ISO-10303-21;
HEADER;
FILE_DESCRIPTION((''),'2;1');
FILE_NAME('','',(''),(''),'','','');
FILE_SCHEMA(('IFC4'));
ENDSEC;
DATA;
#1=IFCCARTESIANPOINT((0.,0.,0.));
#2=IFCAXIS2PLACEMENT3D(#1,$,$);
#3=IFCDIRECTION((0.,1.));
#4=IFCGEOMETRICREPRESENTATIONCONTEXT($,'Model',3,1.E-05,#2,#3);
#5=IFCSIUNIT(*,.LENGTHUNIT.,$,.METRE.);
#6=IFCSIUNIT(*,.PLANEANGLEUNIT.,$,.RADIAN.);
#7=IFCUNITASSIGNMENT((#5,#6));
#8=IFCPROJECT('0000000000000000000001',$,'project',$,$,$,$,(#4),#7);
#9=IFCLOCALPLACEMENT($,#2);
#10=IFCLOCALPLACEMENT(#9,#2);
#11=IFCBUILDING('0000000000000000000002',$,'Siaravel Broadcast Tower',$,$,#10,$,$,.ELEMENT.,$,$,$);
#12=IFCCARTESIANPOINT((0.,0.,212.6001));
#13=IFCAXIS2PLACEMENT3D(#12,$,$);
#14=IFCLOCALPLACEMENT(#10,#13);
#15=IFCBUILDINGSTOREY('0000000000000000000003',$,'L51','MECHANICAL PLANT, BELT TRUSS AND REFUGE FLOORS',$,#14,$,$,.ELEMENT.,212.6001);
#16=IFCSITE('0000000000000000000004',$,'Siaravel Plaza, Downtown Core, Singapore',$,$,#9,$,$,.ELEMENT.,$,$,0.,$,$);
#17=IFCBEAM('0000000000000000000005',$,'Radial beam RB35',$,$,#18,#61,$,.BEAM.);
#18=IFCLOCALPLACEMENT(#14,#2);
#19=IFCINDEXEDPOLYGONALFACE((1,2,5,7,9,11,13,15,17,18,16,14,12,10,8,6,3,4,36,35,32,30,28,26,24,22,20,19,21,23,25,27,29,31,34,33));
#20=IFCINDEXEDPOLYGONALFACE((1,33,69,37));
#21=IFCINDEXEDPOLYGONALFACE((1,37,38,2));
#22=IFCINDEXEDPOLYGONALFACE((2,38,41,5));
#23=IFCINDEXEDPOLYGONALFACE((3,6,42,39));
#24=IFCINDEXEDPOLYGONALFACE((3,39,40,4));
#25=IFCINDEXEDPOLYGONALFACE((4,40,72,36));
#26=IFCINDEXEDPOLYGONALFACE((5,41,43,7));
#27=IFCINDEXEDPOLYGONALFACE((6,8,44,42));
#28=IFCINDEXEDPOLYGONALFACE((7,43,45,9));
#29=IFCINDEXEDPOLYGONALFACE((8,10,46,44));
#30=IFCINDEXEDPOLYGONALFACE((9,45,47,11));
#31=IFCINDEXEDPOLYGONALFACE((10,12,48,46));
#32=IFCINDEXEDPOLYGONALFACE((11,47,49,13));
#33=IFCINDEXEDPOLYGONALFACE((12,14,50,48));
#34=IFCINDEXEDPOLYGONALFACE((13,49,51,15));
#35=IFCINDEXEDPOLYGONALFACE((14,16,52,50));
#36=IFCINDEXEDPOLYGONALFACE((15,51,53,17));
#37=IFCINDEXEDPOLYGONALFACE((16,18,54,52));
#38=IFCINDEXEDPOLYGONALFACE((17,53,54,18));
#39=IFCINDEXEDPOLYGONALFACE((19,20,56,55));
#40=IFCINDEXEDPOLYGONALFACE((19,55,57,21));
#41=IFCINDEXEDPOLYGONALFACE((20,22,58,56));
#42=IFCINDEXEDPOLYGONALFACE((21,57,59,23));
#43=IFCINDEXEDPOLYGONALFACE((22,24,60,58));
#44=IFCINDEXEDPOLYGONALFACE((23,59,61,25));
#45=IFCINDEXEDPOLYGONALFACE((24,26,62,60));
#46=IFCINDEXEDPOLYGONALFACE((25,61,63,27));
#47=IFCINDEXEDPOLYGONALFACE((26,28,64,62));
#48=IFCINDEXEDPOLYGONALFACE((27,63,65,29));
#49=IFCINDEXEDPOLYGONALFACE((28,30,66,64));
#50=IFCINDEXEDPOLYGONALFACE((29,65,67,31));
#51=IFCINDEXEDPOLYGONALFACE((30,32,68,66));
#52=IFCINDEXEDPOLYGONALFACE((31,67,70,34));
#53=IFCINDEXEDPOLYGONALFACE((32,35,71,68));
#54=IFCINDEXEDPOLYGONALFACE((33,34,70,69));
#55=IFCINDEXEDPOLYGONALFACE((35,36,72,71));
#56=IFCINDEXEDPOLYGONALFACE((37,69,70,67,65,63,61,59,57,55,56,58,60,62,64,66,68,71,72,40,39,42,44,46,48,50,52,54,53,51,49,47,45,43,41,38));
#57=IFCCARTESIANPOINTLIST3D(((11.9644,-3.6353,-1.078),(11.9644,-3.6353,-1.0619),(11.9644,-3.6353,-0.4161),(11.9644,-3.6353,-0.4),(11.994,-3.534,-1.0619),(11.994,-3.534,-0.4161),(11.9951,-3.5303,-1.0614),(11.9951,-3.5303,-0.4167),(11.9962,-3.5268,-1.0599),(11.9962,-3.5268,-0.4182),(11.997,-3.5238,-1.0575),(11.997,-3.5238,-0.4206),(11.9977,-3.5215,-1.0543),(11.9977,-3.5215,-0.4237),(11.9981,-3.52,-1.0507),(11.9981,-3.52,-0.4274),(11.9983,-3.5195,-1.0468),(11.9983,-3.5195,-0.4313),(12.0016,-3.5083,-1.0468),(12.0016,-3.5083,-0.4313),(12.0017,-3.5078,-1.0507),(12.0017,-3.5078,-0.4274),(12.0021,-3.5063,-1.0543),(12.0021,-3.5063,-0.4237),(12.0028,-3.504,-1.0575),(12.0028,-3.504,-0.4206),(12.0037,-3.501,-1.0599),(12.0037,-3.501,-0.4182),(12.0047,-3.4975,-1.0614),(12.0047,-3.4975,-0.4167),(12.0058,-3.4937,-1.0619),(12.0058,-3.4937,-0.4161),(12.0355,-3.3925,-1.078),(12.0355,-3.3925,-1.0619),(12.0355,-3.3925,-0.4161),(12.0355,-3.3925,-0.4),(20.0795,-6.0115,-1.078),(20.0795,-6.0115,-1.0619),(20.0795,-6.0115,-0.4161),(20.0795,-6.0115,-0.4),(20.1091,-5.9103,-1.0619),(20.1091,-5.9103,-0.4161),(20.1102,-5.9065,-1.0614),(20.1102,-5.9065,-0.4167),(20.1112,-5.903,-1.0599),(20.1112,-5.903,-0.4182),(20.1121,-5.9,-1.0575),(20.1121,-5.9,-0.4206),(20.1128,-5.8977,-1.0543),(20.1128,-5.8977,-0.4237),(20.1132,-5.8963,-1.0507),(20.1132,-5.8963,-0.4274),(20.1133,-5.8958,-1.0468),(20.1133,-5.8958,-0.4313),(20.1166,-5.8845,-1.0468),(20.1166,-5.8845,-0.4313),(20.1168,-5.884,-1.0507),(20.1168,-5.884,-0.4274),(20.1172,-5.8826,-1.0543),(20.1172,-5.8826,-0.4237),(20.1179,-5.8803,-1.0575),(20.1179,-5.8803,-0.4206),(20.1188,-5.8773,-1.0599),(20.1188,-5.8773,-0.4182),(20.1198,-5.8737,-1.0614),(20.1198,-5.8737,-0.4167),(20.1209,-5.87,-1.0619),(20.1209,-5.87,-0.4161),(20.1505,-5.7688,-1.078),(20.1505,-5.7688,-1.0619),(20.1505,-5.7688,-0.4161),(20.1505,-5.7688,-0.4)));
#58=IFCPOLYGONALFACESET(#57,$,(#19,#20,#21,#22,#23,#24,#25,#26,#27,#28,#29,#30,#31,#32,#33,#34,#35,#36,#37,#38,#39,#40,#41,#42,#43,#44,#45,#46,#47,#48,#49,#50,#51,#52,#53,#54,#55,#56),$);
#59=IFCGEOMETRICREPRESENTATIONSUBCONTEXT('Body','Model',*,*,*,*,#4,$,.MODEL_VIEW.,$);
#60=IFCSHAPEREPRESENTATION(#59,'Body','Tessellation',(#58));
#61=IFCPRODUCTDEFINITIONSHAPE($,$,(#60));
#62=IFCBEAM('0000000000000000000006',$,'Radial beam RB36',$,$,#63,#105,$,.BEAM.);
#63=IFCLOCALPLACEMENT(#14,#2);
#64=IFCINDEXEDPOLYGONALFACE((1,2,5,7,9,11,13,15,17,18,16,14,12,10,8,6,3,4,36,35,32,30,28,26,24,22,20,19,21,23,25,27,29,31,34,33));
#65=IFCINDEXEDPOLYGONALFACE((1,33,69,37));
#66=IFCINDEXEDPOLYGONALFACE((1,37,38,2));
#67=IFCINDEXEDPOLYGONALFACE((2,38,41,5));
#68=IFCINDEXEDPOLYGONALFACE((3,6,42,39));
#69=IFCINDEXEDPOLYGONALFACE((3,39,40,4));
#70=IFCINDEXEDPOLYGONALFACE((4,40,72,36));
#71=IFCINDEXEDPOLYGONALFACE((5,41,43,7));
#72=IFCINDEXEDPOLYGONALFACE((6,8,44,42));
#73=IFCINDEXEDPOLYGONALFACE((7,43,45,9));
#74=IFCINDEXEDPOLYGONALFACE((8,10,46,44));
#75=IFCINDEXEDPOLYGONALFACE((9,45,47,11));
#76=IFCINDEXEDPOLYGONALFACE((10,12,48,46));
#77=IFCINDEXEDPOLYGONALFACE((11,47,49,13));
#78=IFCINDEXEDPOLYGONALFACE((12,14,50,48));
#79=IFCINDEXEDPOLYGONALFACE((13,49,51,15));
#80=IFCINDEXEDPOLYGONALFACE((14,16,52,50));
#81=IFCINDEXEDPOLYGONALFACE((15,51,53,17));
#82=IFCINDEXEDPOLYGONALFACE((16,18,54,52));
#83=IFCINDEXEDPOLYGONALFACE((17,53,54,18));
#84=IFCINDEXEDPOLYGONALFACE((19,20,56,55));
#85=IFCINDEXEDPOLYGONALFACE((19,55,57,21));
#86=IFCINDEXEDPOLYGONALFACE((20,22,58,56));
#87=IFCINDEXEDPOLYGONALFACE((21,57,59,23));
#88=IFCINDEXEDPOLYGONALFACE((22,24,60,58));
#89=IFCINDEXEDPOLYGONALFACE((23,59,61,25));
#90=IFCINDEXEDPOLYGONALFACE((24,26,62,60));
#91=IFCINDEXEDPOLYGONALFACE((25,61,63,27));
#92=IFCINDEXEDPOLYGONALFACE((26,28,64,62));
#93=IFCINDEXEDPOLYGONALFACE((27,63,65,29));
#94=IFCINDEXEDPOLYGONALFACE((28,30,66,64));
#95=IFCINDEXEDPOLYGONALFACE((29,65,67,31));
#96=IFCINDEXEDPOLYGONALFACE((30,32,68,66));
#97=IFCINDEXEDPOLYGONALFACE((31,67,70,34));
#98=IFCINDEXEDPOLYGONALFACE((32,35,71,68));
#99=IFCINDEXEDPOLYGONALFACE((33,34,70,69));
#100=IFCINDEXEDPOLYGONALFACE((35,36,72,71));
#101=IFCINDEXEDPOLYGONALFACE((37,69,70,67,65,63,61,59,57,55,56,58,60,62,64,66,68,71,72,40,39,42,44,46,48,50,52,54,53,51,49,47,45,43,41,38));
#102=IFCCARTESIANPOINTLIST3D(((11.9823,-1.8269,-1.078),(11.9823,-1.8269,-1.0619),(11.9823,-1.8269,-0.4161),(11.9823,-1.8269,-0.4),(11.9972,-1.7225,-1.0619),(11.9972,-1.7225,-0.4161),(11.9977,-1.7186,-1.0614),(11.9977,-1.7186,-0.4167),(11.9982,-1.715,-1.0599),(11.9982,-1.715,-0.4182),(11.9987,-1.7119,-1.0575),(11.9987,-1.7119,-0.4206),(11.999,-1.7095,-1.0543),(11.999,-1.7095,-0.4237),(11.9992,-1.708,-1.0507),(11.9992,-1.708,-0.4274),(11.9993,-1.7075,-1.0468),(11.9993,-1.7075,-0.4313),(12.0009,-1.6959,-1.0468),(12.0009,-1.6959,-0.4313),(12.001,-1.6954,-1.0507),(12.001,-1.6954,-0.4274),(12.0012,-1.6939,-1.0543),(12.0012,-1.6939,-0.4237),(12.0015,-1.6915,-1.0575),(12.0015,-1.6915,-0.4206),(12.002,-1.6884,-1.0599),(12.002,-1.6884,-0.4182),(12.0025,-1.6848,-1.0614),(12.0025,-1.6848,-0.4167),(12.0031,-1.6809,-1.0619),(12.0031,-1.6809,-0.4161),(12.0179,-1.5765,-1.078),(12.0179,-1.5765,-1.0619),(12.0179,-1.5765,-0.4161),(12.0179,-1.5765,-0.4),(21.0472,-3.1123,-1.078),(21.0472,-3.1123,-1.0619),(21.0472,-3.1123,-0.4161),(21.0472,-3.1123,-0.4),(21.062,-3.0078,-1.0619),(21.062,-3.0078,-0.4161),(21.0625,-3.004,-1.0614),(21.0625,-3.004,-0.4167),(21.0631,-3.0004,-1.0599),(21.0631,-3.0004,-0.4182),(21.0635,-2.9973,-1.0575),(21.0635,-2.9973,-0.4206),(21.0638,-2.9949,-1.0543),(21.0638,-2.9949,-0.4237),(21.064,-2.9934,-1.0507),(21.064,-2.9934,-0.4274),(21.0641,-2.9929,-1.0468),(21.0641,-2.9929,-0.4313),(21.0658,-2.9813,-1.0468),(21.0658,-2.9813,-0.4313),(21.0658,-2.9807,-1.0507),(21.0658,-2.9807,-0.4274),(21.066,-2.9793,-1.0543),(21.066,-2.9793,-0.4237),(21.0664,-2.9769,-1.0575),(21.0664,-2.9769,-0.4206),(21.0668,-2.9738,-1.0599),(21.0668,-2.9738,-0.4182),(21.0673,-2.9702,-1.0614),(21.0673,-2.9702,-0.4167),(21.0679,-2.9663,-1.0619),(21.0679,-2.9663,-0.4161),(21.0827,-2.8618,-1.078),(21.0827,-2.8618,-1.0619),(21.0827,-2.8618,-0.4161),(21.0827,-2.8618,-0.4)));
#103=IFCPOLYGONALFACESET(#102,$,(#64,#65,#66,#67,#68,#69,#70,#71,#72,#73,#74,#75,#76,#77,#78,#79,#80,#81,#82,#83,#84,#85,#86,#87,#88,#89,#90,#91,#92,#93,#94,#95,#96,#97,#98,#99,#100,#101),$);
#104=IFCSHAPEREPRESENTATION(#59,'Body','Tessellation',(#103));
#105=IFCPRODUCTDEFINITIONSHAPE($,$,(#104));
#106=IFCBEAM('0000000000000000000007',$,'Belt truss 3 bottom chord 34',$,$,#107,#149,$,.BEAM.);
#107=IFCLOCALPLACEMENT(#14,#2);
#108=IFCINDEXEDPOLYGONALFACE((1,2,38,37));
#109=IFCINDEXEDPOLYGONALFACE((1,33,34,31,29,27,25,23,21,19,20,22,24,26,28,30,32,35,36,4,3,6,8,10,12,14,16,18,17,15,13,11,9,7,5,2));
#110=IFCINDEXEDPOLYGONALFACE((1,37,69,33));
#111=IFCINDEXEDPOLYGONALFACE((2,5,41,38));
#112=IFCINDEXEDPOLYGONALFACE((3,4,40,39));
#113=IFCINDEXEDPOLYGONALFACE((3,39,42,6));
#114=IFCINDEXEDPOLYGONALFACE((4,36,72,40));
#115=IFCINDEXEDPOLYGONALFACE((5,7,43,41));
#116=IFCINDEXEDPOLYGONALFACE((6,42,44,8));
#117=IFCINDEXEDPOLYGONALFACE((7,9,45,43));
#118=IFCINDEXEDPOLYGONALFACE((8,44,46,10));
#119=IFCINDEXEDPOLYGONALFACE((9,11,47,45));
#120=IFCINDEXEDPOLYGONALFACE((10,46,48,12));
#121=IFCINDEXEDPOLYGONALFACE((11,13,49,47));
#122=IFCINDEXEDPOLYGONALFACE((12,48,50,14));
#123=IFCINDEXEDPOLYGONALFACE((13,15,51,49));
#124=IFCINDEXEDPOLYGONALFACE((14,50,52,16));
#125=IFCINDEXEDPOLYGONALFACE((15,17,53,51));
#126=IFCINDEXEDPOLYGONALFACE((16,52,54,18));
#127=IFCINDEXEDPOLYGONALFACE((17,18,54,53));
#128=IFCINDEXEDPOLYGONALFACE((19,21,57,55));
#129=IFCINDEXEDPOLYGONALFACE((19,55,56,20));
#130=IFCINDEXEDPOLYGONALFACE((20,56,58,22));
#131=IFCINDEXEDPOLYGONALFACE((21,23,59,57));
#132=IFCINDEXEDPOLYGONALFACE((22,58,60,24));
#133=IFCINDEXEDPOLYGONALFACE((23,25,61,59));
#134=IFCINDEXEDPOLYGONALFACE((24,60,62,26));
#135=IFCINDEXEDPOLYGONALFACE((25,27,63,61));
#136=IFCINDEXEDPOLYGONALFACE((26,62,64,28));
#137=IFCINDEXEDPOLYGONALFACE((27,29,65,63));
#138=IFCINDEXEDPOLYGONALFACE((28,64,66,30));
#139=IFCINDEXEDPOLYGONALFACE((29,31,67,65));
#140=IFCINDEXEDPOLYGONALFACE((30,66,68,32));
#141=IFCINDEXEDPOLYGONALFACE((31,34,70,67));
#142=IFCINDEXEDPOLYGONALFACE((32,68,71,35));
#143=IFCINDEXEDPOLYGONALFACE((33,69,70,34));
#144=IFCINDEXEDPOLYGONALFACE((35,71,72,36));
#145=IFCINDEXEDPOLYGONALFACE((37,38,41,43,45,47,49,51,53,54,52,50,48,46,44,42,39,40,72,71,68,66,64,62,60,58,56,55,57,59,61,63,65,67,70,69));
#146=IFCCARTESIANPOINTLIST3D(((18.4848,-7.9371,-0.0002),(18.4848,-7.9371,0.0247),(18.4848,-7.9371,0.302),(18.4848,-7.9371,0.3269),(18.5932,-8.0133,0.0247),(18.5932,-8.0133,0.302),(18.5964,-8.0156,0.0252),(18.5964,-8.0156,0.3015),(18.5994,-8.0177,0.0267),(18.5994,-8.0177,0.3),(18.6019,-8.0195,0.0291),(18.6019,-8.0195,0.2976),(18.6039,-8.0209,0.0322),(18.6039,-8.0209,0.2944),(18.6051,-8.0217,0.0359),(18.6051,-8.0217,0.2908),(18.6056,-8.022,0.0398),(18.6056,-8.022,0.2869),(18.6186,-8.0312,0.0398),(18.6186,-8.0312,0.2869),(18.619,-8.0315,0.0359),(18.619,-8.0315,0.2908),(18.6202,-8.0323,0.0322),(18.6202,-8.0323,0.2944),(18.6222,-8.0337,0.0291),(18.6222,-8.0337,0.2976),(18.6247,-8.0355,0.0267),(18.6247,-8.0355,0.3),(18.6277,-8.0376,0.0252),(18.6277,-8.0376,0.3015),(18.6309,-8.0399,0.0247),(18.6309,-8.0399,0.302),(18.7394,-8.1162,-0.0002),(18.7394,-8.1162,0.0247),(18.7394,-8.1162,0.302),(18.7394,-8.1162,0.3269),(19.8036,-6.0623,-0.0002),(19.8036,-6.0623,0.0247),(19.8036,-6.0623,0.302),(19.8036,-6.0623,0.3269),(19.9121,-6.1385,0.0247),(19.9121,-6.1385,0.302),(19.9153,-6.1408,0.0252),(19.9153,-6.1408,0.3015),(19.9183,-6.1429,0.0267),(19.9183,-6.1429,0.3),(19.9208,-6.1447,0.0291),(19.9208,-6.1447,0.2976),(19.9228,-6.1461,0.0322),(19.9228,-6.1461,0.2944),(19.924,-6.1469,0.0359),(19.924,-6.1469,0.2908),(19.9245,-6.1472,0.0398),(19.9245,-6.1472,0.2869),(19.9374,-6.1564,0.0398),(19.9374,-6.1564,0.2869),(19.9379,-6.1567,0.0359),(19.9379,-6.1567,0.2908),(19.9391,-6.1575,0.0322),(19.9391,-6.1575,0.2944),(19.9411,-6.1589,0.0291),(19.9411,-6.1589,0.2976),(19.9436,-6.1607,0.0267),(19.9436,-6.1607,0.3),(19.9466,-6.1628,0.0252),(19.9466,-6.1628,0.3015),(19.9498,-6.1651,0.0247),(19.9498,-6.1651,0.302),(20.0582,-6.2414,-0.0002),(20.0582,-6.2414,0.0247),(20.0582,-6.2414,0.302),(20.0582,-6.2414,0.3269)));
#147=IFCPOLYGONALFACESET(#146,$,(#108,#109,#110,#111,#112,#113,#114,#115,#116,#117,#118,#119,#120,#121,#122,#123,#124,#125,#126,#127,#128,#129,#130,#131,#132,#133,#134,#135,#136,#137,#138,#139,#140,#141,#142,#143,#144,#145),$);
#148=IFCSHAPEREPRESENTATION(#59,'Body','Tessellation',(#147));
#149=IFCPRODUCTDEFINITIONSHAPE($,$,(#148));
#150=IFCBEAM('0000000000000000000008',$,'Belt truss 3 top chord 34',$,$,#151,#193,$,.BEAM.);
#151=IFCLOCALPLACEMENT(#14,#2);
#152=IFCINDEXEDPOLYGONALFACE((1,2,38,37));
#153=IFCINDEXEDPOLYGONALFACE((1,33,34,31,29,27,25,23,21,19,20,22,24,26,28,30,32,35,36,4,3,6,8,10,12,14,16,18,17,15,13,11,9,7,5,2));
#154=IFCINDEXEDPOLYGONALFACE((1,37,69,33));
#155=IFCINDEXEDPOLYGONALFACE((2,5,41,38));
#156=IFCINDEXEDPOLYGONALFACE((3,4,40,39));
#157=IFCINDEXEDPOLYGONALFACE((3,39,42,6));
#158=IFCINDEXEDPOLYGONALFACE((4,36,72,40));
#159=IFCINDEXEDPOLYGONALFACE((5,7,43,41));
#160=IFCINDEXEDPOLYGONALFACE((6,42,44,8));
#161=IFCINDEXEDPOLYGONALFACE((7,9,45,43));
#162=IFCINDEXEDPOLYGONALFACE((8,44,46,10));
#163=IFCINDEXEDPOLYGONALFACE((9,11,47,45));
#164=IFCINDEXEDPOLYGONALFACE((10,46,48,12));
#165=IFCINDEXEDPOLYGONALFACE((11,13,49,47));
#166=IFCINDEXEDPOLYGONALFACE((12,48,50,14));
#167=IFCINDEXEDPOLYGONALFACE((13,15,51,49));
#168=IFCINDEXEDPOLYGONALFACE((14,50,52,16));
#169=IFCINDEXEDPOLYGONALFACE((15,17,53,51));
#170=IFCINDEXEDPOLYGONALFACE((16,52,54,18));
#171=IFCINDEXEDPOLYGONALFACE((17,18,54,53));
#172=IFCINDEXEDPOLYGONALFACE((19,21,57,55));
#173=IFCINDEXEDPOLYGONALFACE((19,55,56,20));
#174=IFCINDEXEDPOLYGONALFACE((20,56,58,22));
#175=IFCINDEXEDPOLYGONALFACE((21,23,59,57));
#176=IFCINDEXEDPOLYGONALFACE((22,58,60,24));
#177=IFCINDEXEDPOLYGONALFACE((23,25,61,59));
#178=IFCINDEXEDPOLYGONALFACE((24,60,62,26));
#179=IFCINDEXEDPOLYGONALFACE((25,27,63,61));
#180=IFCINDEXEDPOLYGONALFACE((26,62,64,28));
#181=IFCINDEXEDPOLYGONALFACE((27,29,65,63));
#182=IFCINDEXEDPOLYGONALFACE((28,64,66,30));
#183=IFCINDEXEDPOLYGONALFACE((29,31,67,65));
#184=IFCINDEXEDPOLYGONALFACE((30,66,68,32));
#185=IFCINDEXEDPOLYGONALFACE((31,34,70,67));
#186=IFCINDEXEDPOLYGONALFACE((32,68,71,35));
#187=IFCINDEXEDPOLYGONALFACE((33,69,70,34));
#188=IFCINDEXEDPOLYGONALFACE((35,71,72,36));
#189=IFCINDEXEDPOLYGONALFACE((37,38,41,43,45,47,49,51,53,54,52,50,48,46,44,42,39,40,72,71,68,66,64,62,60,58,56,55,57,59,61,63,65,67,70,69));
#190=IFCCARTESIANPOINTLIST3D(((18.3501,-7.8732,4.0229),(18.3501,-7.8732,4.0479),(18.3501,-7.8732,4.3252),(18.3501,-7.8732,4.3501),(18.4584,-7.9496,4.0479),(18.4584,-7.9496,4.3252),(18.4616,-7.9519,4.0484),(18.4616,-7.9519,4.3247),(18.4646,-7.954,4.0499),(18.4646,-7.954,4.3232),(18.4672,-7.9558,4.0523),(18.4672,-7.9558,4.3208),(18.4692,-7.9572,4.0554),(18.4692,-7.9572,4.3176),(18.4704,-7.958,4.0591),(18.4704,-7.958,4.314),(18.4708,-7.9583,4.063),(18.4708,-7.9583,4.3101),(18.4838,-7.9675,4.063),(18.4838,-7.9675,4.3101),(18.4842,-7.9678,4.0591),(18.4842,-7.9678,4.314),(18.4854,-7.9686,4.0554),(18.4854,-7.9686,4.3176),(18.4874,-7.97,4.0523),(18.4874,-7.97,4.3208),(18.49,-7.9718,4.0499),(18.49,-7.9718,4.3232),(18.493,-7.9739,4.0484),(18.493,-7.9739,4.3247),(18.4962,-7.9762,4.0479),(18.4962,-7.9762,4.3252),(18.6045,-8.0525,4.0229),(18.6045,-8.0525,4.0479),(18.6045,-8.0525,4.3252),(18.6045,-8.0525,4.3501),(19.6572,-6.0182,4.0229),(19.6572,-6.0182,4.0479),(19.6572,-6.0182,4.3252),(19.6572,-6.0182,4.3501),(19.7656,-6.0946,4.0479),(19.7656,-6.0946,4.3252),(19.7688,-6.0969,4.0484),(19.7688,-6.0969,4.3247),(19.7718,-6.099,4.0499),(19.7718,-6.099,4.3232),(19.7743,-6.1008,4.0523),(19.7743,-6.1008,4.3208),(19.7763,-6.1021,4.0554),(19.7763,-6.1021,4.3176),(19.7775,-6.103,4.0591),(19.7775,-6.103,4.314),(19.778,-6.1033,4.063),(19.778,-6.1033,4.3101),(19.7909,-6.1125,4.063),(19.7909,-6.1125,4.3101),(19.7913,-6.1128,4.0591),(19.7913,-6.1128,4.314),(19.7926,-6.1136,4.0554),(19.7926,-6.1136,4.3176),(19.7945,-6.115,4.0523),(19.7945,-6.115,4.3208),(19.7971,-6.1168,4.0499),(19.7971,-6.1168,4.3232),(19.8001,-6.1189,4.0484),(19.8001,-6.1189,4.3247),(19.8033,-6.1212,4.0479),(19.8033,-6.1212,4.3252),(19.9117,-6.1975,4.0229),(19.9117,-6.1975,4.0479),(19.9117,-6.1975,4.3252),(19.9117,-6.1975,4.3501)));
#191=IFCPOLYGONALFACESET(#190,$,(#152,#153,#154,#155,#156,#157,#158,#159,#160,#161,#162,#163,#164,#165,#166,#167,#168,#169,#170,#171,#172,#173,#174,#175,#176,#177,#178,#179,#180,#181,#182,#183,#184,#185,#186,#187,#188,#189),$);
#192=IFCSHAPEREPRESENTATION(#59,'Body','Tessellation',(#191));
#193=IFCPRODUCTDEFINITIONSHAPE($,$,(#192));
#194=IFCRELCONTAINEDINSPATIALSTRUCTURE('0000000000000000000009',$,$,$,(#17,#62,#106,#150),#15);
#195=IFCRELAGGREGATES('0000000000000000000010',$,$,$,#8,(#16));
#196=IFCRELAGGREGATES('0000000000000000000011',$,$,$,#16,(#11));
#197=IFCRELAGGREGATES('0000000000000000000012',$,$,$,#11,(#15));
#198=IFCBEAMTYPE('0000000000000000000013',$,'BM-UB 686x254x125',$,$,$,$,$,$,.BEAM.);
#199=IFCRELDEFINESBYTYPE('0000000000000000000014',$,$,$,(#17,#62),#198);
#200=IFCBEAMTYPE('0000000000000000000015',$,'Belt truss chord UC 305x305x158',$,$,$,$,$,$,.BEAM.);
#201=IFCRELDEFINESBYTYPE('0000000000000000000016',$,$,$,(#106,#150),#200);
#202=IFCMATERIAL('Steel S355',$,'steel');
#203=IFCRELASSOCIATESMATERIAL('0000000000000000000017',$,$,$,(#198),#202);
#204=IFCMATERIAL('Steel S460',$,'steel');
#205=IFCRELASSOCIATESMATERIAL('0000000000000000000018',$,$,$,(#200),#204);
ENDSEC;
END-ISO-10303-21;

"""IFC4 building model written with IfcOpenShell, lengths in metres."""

from ifc_helpers import new_model, si_unit, direction, frame, origin, origin_2d, place, context, subcontext, project, spatial, i_section, extrude, material, material_profile, profile_set, type_object, element, save


model = new_model("IFC4")

# Units and contexts
model_context = context("Model", 3, precision=1e-05, world=origin(), true_north=direction((0.0, 1.0)))
body_context = subcontext(model_context, "Body", "Model", "MODEL_VIEW")
ifc_project = project(units=[si_unit("LENGTHUNIT", "METRE"), si_unit("PLANEANGLEUNIT", "RADIAN")], contexts=[model_context])

# Site, building, storey
site_placement = place(None, origin())
site = spatial("IfcSite", under=ifc_project, at=site_placement, Name="Siaravel Plaza, Downtown Core, Singapore", CompositionType="ELEMENT", RefElevation=0.0)
building_placement = place(site_placement, origin())
building = spatial("IfcBuilding", under=site, at=building_placement, Name="Siaravel Broadcast Tower", CompositionType="ELEMENT")
storey_placement = place(building_placement, frame((0.0, 0.0, 212.6001)))
storey = spatial("IfcBuildingStorey", under=building, at=storey_placement, Name="L51", Description="MECHANICAL PLANT, BELT TRUSS AND REFUGE FLOORS", CompositionType="ELEMENT", Elevation=212.6001)

# Beams
ifc_material_1 = material(Name="Steel S355", Category="steel")
ifc_material_profile_1 = material_profile(ifc_material_1, i_section(OverallWidth=0.2529, OverallDepth=0.678, WebThickness=0.0117, FlangeThickness=0.0161, FilletRadius=0.0151, at=origin_2d()))
ifc_profile_set_1 = profile_set([ifc_material_profile_1], Name="Steel S355")
beam_type_1 = type_object("IfcBeamType", Name="BM-UB 686x254x125", PredefinedType="BEAM", material=ifc_profile_set_1)
beam_1_placement = place(storey_placement, frame((20.115, -5.8901, -0.739), z_axis=(-0.959702, 0.281019, 0.0), x_axis=(-0.281019, -0.959702, 0.0)))
element("IfcBeam", 1, at=beam_1_placement, inside=storey, type_object=beam_type_1, Name="Radial beam RB35", PredefinedType="BEAM", context=body_context, shape_type="SweptSolid", body=[
    extrude(i_section(OverallWidth=0.2529, OverallDepth=0.678, WebThickness=0.0117, FlangeThickness=0.0161, FilletRadius=0.0151, at=origin_2d()), origin(), (0.0, 0.0, 1.0), 8.4558),
])
beam_2_placement = place(storey_placement, frame((21.0649, -2.9871, -0.739), z_axis=(-0.990096, 0.140395, 0.0), x_axis=(-0.140395, -0.990096, 0.0)))
element("IfcBeam", 2, at=beam_2_placement, inside=storey, type_object=beam_type_1, Name="Radial beam RB36", PredefinedType="BEAM", context=body_context, shape_type="SweptSolid", body=[
    extrude(i_section(OverallWidth=0.2529, OverallDepth=0.678, WebThickness=0.0117, FlangeThickness=0.0161, FilletRadius=0.0151, at=origin_2d()), origin(), (0.0, 0.0, 1.0), 9.1555),
])
ifc_material_2 = material(Name="Steel S460", Category="steel")
ifc_material_profile_2 = material_profile(ifc_material_2, i_section(OverallWidth=0.3113, OverallDepth=0.3271, WebThickness=0.0159, FlangeThickness=0.0249, FilletRadius=0.0151, at=origin_2d()))
ifc_profile_set_2 = profile_set([ifc_material_profile_2], Name="Steel S460")
beam_type_2 = type_object("IfcBeamType", Name="Belt truss chord UC 305x305x158", PredefinedType="BEAM", material=ifc_profile_set_2)
beam_3_placement = place(storey_placement, frame((18.6121, -8.0266, 0.1633), z_axis=(0.575369, 0.817894, 0.0), x_axis=(-0.817894, 0.575369, 0.0)))
element("IfcBeam", 3, at=beam_3_placement, inside=storey, type_object=beam_type_2, Name="Belt truss 3 bottom chord 34", PredefinedType="BEAM", context=body_context, shape_type="SweptSolid", body=[
    extrude(i_section(OverallWidth=0.3113, OverallDepth=0.3271, WebThickness=0.0159, FlangeThickness=0.0249, FilletRadius=0.0151, at=origin_2d()), origin(), (0.0, 0.0, 1.0), 2.2922),
])
beam_4_placement = place(storey_placement, frame((18.4773, -7.9629, 4.1865), z_axis=(0.576016, 0.817439, 0.0), x_axis=(-0.817439, 0.576016, 0.0)))
element("IfcBeam", 4, at=beam_4_placement, inside=storey, type_object=beam_type_2, Name="Belt truss 3 top chord 34", PredefinedType="BEAM", context=body_context, shape_type="SweptSolid", body=[
    extrude(i_section(OverallWidth=0.3113, OverallDepth=0.3271, WebThickness=0.0159, FlangeThickness=0.0249, FilletRadius=0.0151, at=origin_2d()), origin(), (0.0, 0.0, 1.0), 2.2693),
])

save(model, "model.ifc")
